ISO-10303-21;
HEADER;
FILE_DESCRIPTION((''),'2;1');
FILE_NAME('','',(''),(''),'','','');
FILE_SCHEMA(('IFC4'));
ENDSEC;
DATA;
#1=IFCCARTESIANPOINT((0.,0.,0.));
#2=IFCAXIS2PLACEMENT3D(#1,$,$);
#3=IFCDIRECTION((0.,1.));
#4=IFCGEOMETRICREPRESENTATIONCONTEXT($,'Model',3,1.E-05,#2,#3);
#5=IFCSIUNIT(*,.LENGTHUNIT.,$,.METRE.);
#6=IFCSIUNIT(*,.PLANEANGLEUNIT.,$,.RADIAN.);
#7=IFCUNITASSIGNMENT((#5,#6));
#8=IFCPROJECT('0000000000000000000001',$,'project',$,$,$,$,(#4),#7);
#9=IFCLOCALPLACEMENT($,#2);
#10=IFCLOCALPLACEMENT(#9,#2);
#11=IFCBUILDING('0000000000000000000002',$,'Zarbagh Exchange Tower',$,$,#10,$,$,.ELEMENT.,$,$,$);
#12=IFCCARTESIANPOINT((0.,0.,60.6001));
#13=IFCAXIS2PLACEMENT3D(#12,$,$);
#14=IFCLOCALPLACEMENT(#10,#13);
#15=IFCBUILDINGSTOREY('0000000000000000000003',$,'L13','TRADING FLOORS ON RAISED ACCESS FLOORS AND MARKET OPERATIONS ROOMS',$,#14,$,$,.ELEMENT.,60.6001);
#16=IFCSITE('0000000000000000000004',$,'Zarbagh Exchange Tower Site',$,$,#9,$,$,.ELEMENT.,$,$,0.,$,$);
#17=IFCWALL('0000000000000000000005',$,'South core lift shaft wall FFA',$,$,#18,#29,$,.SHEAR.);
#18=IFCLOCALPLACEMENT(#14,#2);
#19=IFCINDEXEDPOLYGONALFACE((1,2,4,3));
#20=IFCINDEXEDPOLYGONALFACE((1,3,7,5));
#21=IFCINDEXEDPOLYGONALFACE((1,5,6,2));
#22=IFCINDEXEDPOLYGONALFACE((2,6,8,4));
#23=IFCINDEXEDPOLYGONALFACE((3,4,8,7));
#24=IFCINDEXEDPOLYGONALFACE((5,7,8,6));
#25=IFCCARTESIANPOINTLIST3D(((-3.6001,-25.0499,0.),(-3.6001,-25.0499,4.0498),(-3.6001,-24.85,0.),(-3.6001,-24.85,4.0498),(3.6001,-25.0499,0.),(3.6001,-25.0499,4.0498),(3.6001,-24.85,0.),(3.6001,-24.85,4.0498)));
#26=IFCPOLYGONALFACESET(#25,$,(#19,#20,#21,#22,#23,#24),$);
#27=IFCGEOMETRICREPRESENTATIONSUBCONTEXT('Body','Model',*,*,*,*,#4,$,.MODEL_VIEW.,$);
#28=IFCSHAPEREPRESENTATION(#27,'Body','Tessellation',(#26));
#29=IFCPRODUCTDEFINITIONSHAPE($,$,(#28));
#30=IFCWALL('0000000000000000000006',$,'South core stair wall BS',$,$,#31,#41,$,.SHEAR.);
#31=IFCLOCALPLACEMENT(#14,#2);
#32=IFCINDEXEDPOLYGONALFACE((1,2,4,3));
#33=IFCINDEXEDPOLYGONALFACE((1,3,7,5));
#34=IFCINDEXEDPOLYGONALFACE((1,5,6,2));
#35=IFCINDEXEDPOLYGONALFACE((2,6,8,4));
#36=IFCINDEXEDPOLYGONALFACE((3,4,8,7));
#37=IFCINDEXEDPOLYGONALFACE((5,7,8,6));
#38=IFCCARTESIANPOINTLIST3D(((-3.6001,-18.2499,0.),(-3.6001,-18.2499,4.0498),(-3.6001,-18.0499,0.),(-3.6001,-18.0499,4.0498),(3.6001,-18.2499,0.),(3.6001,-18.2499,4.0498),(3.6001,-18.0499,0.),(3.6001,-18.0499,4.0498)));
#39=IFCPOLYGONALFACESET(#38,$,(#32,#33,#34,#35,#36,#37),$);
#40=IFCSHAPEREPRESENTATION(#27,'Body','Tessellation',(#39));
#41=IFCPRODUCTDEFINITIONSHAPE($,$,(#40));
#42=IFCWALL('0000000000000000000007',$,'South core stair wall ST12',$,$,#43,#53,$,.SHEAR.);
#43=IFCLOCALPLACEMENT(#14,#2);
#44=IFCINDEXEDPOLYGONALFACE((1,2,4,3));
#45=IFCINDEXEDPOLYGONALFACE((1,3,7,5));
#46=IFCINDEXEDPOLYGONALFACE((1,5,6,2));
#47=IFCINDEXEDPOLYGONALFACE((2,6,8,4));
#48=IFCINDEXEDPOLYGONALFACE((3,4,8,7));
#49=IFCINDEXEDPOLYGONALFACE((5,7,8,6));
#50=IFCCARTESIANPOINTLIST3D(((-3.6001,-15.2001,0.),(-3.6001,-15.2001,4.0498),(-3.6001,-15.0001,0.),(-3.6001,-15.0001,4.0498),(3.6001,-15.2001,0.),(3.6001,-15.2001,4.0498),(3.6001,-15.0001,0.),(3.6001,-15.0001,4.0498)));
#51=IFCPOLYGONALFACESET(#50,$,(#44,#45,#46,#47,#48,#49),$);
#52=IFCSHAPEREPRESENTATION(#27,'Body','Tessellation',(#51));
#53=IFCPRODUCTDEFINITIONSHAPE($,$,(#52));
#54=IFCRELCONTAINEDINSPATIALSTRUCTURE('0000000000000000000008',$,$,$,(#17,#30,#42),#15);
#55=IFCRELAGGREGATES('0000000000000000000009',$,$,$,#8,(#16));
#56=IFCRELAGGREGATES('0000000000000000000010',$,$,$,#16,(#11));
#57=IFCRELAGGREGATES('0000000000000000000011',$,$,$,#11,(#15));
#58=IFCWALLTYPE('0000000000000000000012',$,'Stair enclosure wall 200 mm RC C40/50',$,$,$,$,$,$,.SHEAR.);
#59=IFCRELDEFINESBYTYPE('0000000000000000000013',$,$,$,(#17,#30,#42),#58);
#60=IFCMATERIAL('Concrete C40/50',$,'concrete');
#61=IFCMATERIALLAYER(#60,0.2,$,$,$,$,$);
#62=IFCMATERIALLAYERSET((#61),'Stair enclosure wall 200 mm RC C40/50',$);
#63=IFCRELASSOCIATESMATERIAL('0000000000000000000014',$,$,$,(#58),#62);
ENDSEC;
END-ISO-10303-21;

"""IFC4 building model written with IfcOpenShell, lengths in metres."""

from ifc_helpers import new_model, si_unit, direction, frame, frame_2d, origin, place, context, subcontext, project, spatial, rectangle, extrude, material, layer, layer_set, type_object, element, save


model = new_model("IFC4")

# Units and contexts
model_context = context("Model", 3, precision=1e-05, world=origin(), true_north=direction((0.0, 1.0)))
body_context = subcontext(model_context, "Body", "Model", "MODEL_VIEW")
ifc_project = project(units=[si_unit("LENGTHUNIT", "METRE"), si_unit("PLANEANGLEUNIT", "RADIAN")], contexts=[model_context])

# Site, building, storey
site_placement = place(None, origin())
site = spatial("IfcSite", under=ifc_project, at=site_placement, Name="Zarbagh Exchange Tower Site", CompositionType="ELEMENT", RefElevation=0.0)
building_placement = place(site_placement, origin())
building = spatial("IfcBuilding", under=site, at=building_placement, Name="Zarbagh Exchange Tower", CompositionType="ELEMENT")
storey_placement = place(building_placement, frame((0.0, 0.0, 60.6001)))
storey = spatial("IfcBuildingStorey", under=building, at=storey_placement, Name="L13", Description="TRADING FLOORS ON RAISED ACCESS FLOORS AND MARKET OPERATIONS ROOMS", CompositionType="ELEMENT", Elevation=60.6001)

# Walls
ifc_material_1 = material(Name="Concrete C40/50", Category="concrete")
ifc_layer_1 = layer(ifc_material_1, 0.2)
ifc_layer_set_1 = layer_set([ifc_layer_1], Name="Stair enclosure wall 200 mm RC C40/50")
wall_type_1 = type_object("IfcWallType", Name="Stair enclosure wall 200 mm RC C40/50", PredefinedType="SHEAR", material=ifc_layer_set_1)
for number, where, z_axis, x_axis, name in (
    (1, (3.6001, -24.95, 0.0), (0.0, 0.0, 1.0), (-1.0, 0.0, 0.0), "South core lift shaft wall FFA"),
    (2, (3.6001, -18.1499, 0.0), (0.0, 0.0, 1.0), (-1.0, 0.0, 0.0), "South core stair wall BS"),
    (3, (3.6001, -15.1001, 0.0), (0.0, 0.0, 1.0), (-1.0, 0.0, 0.0), "South core stair wall ST12"),
):
    element("IfcWall", number, at=place(storey_placement, frame(where, z_axis=z_axis, x_axis=x_axis)), inside=storey, type_object=wall_type_1, Name=name, PredefinedType="SHEAR", context=body_context, shape_type="SweptSolid", body=[
        extrude(rectangle(XDim=7.2002, YDim=0.2, at=frame_2d((3.6001, 0.0))), origin(), (0.0, 0.0, 1.0), 4.0498),
    ])

save(model, "model.ifc")
